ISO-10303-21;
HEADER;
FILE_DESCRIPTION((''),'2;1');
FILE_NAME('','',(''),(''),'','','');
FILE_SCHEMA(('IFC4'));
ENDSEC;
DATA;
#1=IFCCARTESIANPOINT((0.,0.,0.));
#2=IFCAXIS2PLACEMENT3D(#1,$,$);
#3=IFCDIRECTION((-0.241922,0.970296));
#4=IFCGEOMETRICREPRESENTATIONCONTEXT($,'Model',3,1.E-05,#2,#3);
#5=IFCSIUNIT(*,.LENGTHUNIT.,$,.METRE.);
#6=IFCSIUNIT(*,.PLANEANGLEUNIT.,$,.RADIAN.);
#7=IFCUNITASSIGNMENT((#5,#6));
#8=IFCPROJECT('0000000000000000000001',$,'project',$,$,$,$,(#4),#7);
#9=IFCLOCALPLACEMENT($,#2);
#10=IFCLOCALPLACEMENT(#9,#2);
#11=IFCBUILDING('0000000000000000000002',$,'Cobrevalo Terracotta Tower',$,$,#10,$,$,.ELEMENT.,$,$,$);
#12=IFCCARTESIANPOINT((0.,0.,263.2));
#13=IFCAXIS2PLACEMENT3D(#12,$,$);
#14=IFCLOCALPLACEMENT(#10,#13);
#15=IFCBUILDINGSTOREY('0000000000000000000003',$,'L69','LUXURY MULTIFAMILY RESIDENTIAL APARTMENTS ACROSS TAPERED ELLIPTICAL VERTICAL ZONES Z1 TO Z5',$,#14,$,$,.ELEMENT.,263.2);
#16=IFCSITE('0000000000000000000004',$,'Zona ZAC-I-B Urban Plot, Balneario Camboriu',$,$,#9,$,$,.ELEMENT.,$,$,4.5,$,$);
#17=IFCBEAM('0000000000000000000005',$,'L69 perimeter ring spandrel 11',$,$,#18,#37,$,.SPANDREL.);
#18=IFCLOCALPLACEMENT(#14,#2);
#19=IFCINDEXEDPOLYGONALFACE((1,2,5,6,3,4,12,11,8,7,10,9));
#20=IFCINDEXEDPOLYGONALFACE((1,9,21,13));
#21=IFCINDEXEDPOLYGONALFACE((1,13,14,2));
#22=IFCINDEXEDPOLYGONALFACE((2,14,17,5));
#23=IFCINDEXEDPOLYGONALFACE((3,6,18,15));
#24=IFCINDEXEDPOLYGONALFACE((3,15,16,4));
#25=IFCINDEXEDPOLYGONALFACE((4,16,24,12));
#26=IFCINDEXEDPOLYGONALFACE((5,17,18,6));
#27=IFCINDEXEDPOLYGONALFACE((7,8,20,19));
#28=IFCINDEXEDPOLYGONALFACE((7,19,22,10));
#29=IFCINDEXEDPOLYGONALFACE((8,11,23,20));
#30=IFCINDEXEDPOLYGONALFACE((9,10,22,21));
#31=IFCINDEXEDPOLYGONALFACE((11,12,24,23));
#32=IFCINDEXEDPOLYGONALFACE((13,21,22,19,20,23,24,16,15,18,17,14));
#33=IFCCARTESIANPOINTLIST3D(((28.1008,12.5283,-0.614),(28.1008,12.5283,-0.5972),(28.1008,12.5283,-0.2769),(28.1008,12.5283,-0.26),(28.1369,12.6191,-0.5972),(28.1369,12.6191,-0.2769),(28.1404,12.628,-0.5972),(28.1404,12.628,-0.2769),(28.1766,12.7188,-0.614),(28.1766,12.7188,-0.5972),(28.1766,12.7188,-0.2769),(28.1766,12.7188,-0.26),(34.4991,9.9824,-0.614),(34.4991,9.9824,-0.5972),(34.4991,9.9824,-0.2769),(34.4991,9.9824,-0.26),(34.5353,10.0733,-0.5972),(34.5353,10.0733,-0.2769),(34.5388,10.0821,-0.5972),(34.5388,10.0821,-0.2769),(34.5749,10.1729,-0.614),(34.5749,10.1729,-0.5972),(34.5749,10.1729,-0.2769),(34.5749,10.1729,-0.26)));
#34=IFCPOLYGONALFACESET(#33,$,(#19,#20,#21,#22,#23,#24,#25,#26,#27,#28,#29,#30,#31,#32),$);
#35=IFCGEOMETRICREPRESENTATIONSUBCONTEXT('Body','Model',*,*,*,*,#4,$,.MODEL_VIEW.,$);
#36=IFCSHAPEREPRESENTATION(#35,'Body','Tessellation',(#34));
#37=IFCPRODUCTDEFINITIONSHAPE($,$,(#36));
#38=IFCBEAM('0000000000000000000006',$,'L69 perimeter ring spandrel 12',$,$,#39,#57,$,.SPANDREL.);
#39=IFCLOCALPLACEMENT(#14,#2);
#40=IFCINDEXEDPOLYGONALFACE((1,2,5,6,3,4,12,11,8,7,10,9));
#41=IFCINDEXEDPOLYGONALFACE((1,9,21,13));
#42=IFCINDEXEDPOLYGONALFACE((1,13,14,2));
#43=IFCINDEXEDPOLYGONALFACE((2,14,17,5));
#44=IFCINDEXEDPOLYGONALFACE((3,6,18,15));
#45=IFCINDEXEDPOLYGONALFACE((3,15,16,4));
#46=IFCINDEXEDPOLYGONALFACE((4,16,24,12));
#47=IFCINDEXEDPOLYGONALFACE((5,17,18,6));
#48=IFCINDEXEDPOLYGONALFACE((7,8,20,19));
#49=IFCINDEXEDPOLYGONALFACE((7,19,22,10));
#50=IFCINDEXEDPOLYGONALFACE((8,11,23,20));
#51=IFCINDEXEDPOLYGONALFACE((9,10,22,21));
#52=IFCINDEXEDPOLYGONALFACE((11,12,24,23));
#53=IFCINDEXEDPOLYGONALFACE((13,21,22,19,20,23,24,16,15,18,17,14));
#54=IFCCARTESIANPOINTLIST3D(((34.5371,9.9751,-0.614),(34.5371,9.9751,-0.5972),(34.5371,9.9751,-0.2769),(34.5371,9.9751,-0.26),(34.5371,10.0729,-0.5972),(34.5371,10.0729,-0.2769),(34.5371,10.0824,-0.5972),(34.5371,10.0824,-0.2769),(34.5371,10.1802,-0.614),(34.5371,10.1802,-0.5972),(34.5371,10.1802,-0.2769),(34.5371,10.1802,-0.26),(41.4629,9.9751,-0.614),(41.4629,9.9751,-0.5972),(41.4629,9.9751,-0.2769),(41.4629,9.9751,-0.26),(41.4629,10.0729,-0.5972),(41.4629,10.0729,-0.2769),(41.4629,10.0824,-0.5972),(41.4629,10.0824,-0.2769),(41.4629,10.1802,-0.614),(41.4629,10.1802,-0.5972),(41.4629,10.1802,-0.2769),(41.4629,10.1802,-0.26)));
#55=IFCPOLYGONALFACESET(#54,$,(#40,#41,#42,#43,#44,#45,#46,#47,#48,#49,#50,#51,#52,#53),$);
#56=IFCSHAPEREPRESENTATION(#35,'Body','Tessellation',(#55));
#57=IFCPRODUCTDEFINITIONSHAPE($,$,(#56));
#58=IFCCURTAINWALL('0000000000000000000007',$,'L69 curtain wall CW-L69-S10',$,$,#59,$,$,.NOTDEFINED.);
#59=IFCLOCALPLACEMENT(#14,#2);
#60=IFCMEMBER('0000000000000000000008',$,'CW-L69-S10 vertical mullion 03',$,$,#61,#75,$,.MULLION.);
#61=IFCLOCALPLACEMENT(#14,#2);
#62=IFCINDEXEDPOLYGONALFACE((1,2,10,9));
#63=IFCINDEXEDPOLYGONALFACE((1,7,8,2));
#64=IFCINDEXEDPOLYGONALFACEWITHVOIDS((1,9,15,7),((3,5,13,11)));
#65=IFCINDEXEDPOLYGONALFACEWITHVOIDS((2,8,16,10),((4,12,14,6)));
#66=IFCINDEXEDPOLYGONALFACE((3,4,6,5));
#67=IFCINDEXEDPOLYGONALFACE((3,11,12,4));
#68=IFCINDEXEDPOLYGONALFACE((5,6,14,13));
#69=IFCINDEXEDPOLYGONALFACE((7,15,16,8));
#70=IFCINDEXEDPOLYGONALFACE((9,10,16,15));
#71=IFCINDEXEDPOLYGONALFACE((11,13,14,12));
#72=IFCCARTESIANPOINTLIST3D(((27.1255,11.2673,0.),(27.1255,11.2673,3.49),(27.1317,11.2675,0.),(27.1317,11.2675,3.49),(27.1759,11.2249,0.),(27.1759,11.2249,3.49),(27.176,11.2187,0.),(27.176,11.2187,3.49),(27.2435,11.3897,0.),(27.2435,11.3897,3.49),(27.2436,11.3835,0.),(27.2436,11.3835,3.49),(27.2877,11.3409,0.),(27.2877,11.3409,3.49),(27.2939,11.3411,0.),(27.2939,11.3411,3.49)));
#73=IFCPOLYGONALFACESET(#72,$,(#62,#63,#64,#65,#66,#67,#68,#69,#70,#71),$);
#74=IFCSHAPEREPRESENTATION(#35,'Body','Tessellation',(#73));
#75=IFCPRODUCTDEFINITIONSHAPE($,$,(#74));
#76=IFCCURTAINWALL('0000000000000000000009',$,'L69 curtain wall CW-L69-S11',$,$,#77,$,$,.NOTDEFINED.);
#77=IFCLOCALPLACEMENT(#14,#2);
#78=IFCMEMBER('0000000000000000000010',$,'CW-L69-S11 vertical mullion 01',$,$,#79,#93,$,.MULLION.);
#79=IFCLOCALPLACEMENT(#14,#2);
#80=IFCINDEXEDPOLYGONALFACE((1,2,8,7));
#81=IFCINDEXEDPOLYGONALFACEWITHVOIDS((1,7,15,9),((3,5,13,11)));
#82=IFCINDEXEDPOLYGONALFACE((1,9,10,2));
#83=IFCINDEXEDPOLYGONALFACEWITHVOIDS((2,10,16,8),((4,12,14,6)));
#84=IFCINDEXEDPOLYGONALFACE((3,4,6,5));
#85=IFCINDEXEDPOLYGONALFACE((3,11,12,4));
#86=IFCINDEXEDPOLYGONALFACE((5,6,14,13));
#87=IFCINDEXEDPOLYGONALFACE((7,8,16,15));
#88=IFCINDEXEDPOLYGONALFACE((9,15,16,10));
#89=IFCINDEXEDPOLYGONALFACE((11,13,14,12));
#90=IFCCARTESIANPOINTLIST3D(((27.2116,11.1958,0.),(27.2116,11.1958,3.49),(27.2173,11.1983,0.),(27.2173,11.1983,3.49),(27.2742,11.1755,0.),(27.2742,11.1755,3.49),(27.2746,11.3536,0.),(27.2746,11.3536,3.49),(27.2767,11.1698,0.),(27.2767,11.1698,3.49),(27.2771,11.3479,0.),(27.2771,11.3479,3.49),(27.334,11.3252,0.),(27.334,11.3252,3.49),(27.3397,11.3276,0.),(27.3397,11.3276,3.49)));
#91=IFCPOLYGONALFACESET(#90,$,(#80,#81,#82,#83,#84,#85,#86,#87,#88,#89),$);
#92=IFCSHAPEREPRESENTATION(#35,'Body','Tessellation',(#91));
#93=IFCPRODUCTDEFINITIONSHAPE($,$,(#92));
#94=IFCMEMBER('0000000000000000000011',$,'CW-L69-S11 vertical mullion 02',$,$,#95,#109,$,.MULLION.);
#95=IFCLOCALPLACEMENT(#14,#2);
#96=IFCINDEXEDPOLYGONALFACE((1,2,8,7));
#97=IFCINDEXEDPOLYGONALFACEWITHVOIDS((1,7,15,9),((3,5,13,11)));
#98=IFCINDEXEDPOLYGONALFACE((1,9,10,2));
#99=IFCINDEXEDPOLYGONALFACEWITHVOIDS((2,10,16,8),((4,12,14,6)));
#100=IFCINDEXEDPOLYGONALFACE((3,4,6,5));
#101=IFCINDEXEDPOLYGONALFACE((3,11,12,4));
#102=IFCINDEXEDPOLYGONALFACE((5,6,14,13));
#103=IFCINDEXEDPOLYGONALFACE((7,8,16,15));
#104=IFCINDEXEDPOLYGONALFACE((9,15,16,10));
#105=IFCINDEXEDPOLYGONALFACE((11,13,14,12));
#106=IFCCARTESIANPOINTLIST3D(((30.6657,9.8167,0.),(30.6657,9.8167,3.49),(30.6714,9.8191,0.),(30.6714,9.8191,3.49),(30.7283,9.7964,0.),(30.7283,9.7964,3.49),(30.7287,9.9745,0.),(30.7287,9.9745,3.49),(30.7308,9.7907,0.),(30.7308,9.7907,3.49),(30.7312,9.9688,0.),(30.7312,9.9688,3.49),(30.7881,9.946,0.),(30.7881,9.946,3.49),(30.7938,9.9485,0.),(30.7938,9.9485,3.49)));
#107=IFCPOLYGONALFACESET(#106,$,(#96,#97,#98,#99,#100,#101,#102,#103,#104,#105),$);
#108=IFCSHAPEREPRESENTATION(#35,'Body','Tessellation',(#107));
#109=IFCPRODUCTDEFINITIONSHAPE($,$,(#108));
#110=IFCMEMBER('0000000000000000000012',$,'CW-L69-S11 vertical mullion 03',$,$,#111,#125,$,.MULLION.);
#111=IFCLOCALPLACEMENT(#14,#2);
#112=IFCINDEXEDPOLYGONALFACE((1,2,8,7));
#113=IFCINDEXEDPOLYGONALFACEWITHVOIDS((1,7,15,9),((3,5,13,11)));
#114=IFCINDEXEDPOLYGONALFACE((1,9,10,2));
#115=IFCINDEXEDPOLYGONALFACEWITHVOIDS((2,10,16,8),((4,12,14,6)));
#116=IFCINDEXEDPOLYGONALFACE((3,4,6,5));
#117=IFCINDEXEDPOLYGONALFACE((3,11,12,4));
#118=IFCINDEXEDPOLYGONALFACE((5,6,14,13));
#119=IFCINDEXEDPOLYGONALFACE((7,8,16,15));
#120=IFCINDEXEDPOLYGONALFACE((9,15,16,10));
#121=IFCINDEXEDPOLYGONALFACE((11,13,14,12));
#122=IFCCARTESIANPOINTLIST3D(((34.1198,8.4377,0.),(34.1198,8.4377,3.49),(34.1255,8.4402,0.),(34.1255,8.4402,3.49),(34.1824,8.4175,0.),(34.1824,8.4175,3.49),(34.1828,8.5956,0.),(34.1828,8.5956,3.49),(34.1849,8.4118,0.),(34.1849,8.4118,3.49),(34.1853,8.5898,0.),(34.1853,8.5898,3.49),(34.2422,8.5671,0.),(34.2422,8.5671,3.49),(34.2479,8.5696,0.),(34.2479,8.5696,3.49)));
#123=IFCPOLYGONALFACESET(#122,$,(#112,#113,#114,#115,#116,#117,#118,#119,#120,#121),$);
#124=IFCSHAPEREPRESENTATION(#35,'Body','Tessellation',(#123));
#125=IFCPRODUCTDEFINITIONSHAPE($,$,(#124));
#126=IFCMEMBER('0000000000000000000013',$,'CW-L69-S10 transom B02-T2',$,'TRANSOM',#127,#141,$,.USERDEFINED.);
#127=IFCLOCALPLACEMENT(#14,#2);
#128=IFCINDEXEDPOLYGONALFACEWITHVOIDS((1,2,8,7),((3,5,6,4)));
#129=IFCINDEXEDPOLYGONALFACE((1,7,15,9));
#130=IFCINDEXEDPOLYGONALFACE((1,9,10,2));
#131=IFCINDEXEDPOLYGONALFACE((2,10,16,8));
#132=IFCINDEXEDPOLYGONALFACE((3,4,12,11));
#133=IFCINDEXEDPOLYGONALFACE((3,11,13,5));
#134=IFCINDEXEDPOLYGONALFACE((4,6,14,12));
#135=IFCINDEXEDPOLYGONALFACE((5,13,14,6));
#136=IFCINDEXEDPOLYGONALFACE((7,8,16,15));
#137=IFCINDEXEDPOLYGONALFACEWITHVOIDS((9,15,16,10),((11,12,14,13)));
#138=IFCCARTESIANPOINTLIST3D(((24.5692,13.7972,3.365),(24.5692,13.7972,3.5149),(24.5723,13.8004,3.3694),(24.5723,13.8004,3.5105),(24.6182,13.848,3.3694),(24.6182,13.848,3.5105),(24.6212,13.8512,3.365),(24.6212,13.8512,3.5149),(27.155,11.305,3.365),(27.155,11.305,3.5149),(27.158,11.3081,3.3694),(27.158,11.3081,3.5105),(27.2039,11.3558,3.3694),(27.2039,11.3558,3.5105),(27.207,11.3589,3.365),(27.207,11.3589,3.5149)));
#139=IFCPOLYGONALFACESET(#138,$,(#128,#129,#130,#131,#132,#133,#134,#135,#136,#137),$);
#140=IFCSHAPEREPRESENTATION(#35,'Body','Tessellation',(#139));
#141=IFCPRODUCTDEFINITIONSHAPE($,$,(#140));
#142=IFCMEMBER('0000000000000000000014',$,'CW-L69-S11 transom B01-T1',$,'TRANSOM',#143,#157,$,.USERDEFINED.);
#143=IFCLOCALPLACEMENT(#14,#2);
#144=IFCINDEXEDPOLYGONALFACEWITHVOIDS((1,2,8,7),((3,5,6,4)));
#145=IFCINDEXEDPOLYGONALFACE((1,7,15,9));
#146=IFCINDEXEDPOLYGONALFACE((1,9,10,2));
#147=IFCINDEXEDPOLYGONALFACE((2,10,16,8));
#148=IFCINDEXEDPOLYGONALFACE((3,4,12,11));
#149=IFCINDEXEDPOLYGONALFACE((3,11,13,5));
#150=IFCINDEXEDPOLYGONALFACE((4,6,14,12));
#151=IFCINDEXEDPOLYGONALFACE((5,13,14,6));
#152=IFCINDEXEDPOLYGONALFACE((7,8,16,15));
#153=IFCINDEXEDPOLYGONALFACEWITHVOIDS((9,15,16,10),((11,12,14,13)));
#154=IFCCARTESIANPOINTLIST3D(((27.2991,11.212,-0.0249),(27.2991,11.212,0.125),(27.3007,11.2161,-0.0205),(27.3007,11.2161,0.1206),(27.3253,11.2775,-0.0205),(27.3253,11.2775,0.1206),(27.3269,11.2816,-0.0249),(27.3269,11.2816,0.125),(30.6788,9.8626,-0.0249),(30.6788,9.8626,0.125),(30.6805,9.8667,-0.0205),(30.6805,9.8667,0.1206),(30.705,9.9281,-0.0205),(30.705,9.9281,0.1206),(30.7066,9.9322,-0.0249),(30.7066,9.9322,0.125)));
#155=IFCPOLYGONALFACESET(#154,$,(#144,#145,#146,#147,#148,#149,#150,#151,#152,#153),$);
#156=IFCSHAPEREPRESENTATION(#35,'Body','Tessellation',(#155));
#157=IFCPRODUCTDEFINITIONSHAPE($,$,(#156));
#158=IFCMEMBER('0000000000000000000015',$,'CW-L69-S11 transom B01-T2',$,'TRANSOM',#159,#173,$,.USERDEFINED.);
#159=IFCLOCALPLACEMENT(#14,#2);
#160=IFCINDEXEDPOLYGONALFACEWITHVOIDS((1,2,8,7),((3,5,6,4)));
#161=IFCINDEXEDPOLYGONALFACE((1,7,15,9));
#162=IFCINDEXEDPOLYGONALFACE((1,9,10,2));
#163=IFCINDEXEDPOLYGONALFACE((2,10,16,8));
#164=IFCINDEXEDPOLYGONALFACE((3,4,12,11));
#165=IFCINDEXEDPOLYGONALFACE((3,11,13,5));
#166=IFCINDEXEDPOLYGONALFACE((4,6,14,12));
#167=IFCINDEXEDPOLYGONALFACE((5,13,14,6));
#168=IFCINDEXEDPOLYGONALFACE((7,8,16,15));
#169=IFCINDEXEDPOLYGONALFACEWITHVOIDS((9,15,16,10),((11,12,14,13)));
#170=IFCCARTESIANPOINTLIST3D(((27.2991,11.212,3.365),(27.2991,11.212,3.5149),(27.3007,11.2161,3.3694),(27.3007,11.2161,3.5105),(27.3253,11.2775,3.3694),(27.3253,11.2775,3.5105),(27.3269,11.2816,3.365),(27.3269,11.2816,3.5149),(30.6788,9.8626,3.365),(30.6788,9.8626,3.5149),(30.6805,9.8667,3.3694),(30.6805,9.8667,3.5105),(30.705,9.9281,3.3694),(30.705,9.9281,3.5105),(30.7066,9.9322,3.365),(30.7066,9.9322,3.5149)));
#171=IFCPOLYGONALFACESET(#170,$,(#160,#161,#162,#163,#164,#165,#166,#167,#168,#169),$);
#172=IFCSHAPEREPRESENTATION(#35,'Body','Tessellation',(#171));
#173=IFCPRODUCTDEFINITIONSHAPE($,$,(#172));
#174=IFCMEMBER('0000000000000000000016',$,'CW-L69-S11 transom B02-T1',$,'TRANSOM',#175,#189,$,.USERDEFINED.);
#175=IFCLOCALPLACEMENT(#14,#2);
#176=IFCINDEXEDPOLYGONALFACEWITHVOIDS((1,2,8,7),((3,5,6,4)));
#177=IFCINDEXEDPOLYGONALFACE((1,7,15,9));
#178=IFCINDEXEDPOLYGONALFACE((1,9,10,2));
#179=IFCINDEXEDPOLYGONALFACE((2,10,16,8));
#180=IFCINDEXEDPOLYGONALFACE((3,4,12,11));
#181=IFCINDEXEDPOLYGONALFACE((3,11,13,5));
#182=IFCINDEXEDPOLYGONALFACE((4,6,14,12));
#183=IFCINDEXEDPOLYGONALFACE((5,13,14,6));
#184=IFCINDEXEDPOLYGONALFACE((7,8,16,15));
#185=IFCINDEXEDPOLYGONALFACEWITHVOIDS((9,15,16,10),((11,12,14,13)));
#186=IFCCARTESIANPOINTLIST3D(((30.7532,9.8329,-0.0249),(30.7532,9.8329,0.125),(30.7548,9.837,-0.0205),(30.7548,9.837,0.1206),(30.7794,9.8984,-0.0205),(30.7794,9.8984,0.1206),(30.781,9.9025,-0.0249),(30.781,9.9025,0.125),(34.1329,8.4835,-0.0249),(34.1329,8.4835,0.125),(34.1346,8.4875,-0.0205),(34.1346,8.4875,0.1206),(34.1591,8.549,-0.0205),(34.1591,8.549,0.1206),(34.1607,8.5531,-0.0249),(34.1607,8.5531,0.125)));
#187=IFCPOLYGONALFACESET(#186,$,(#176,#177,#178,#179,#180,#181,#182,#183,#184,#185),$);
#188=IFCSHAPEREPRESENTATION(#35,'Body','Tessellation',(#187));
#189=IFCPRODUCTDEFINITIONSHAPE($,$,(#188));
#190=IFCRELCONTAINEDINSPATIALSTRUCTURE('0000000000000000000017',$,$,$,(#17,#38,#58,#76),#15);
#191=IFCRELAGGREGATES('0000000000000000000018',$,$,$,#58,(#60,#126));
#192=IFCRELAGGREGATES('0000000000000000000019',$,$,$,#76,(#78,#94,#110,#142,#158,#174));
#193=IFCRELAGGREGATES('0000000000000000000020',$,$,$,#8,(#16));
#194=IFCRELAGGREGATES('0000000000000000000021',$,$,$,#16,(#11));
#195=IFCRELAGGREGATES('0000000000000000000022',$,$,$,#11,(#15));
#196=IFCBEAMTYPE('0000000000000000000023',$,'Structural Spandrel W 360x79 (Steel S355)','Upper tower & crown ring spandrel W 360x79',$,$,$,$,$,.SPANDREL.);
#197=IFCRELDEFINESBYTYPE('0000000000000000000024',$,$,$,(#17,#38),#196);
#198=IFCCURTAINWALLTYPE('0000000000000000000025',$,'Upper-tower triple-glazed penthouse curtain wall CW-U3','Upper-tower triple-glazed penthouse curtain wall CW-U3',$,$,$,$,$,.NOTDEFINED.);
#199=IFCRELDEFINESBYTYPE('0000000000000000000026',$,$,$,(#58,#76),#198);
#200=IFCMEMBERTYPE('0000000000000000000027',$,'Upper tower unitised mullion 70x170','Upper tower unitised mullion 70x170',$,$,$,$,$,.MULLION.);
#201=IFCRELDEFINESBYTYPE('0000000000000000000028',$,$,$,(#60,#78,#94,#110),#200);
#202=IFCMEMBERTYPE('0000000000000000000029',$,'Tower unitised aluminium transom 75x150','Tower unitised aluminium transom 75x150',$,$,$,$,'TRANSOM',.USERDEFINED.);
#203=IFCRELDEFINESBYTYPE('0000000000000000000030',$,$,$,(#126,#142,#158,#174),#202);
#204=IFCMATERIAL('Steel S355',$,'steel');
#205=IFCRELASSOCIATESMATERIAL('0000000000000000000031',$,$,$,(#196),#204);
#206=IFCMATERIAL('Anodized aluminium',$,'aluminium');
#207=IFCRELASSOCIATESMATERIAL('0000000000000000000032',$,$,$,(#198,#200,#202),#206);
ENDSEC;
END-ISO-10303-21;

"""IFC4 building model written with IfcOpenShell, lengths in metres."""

from ifc_helpers import new_model, si_unit, direction, frame, origin, origin_2d, place, context, subcontext, project, spatial, hollow_rectangle, i_section, extrude, source, transform, mapped, material, material_profile, profile_set, type_object, element, aggregate, save


model = new_model("IFC4")

# Units and contexts
model_context = context("Model", 3, precision=1e-05, world=origin(), true_north=direction((-0.241922, 0.970296)))
body_context = subcontext(model_context, "Body", "Model", "MODEL_VIEW")
ifc_project = project(units=[si_unit("LENGTHUNIT", "METRE"), si_unit("PLANEANGLEUNIT", "RADIAN")], contexts=[model_context])

# Site, building, storey
site_placement = place(None, origin())
site = spatial("IfcSite", under=ifc_project, at=site_placement, Name="Zona ZAC-I-B Urban Plot, Balneario Camboriu", CompositionType="ELEMENT", RefElevation=4.5)
building_placement = place(site_placement, origin())
building = spatial("IfcBuilding", under=site, at=building_placement, Name="Cobrevalo Terracotta Tower", CompositionType="ELEMENT")
storey_placement = place(building_placement, frame((0.0, 0.0, 263.2)))
storey = spatial("IfcBuildingStorey", under=building, at=storey_placement, Name="L69", Description="LUXURY MULTIFAMILY RESIDENTIAL APARTMENTS ACROSS TAPERED ELLIPTICAL VERTICAL ZONES Z1 TO Z5", CompositionType="ELEMENT", Elevation=263.2)

# Shared definitions
ifc_material_1 = material(Name="Steel S355", Category="steel")

# Beams
ifc_material_profile_1 = material_profile(ifc_material_1, i_section(OverallWidth=0.2051, OverallDepth=0.354, WebThickness=0.0095, FlangeThickness=0.0168, at=origin_2d()), Name="W 360x79")
ifc_profile_set_1 = profile_set([ifc_material_profile_1], Name="Steel S355")
beam_type_1 = type_object("IfcBeamType", Name="Structural Spandrel W 360x79 (Steel S355)", Description="Upper tower & crown ring spandrel W 360x79", PredefinedType="SPANDREL", material=ifc_profile_set_1)
beam_1_placement = place(storey_placement, frame((28.1387, 12.6235, -0.437), z_axis=(0.92915, -0.369703, 0.0), x_axis=(0.369703, 0.92915, 0.0)))
element("IfcBeam", 1, at=beam_1_placement, inside=storey, type_object=beam_type_1, Name="L69 perimeter ring spandrel 11", PredefinedType="SPANDREL", context=body_context, shape_type="SweptSolid", body=[
    extrude(i_section(OverallWidth=0.2051, OverallDepth=0.354, WebThickness=0.0095, FlangeThickness=0.0168, at=origin_2d()), origin(), (0.0, 0.0, 1.0), 6.8862),
])
beam_2_placement = place(storey_placement, frame((34.5371, 10.0776, -0.437), z_axis=(1.0, 0.0, 0.0), x_axis=(0.0, 1.0, 0.0)))
element("IfcBeam", 2, at=beam_2_placement, inside=storey, type_object=beam_type_1, Name="L69 perimeter ring spandrel 12", PredefinedType="SPANDREL", context=body_context, shape_type="SweptSolid", body=[
    extrude(i_section(OverallWidth=0.2051, OverallDepth=0.354, WebThickness=0.0095, FlangeThickness=0.0168, at=origin_2d()), origin(), (0.0, 0.0, 1.0), 6.9258),
])

# Curtain wall, member
ifc_material_2 = material(Name="Anodized aluminium", Category="aluminium")
curtain_wall_type = type_object("IfcCurtainWallType", Name="Upper-tower triple-glazed penthouse curtain wall CW-U3", Description="Upper-tower triple-glazed penthouse curtain wall CW-U3", PredefinedType="NOTDEFINED", material=ifc_material_2)
curtain_wall_1_placement = place(storey_placement, origin())
curtain_wall_1 = element("IfcCurtainWall", 3, at=curtain_wall_1_placement, inside=storey, type_object=curtain_wall_type, Name="L69 curtain wall CW-L69-S10", PredefinedType="NOTDEFINED")
ifc_material_profile_2 = material_profile(ifc_material_2, hollow_rectangle(XDim=0.0701, YDim=0.1699, WallThickness=0.0044, at=origin_2d()), Name="CWM 70x170")
ifc_profile_set_2 = profile_set([ifc_material_profile_2], Name="Anodized aluminium")
member_type_1 = type_object("IfcMemberType", Name="Upper tower unitised mullion 70x170", Description="Upper tower unitised mullion 70x170", PredefinedType="MULLION", material=ifc_profile_set_2)
shared_shape_1 = source(origin(), body_context, "Body", "SweptSolid", [
    extrude(hollow_rectangle(XDim=0.0701, YDim=0.1699, WallThickness=0.0044, at=origin_2d()), origin(), (0.0, 0.0, 1.0), 3.49),
])
member_1_placement = place(storey_placement, frame((27.2097, 11.3042, 0.0), z_axis=(0.0, 0.0, 1.0), x_axis=(0.719994, -0.69398, 0.0)))
member_1 = element("IfcMember", 4, at=member_1_placement, type_object=member_type_1, Name="CW-L69-S10 vertical mullion 03", PredefinedType="MULLION", context=body_context, shape_type="MappedRepresentation", body=[
    mapped(shared_shape_1, transform((0.0, 0.0, 0.0), scale=1.0)),
])

# Curtain wall, members
curtain_wall_2_placement = place(storey_placement, origin())
curtain_wall_2 = element("IfcCurtainWall", 5, at=curtain_wall_2_placement, inside=storey, type_object=curtain_wall_type, Name="L69 curtain wall CW-L69-S11", PredefinedType="NOTDEFINED")
member_2_placement = place(storey_placement, frame((27.2756, 11.2617, 0.0), z_axis=(0.0, 0.0, 1.0), x_axis=(0.928719, -0.370784, 0.0)))
member_2 = element("IfcMember", 6, at=member_2_placement, type_object=member_type_1, Name="CW-L69-S11 vertical mullion 01", PredefinedType="MULLION", context=body_context, shape_type="MappedRepresentation", body=[
    mapped(shared_shape_1, transform((0.0, 0.0, 0.0), scale=1.0)),
])
member_3_placement = place(storey_placement, frame((30.7297, 9.8826, 0.0), z_axis=(0.0, 0.0, 1.0), x_axis=(0.928719, -0.370784, 0.0)))
member_3 = element("IfcMember", 7, at=member_3_placement, type_object=member_type_1, Name="CW-L69-S11 vertical mullion 02", PredefinedType="MULLION", context=body_context, shape_type="MappedRepresentation", body=[
    mapped(shared_shape_1, transform((0.0, 0.0, 0.0), scale=1.0)),
])
member_4_placement = place(storey_placement, frame((34.1838, 8.5037, 0.0), z_axis=(0.0, 0.0, 1.0), x_axis=(0.928719, -0.370784, 0.0)))
member_4 = element("IfcMember", 8, at=member_4_placement, type_object=member_type_1, Name="CW-L69-S11 vertical mullion 03", PredefinedType="MULLION", context=body_context, shape_type="MappedRepresentation", body=[
    mapped(shared_shape_1, transform((0.0, 0.0, 0.0), scale=1.0)),
])

# Members
ifc_material_profile_3 = material_profile(ifc_material_2, hollow_rectangle(XDim=0.075, YDim=0.1499, WallThickness=0.0044, at=origin_2d()), Name="CWT 75x150")
ifc_profile_set_3 = profile_set([ifc_material_profile_3], Name="Anodized aluminium")
member_type_2 = type_object("IfcMemberType", Name="Tower unitised aluminium transom 75x150", Description="Tower unitised aluminium transom 75x150", ElementType="TRANSOM", PredefinedType="USERDEFINED", material=ifc_profile_set_3)
shared_shape_2 = source(origin(), body_context, "Body", "SweptSolid", [
    extrude(hollow_rectangle(XDim=0.075, YDim=0.1499, WallThickness=0.0044, at=origin_2d()), origin(), (0.0, 0.0, 1.0), 3.5913),
])
member_5_placement = place(storey_placement, frame((24.5952, 13.8242, 3.4399), z_axis=(0.720006, -0.693968, 0.0), x_axis=(0.693968, 0.720006, 0.0)))
member_5 = element("IfcMember", 9, at=member_5_placement, type_object=member_type_2, Name="CW-L69-S10 transom B02-T2", ObjectType="TRANSOM", PredefinedType="USERDEFINED", context=body_context, shape_type="MappedRepresentation", body=[
    mapped(shared_shape_2, transform((0.0, 0.0, 0.0), scale=1.0)),
])
shared_shape_3 = source(origin(), body_context, "Body", "SweptSolid", [
    extrude(hollow_rectangle(XDim=0.075, YDim=0.1499, WallThickness=0.0044, at=origin_2d()), origin(), (0.0, 0.0, 1.0), 3.6392),
])
member_6_placement = place(storey_placement, frame((27.313, 11.2468, 0.05), z_axis=(0.928712, -0.370801, 0.0), x_axis=(0.370801, 0.928712, 0.0)))
member_6 = element("IfcMember", 10, at=member_6_placement, type_object=member_type_2, Name="CW-L69-S11 transom B01-T1", ObjectType="TRANSOM", PredefinedType="USERDEFINED", context=body_context, shape_type="MappedRepresentation", body=[
    mapped(shared_shape_3, transform((0.0, 0.0, 0.0), scale=1.0)),
])
member_7_placement = place(storey_placement, frame((27.313, 11.2468, 3.4399), z_axis=(0.928712, -0.370801, 0.0), x_axis=(0.370801, 0.928712, 0.0)))
member_7 = element("IfcMember", 11, at=member_7_placement, type_object=member_type_2, Name="CW-L69-S11 transom B01-T2", ObjectType="TRANSOM", PredefinedType="USERDEFINED", context=body_context, shape_type="MappedRepresentation", body=[
    mapped(shared_shape_3, transform((0.0, 0.0, 0.0), scale=1.0)),
])
member_8_placement = place(storey_placement, frame((30.7671, 9.8677, 0.05), z_axis=(0.928712, -0.370801, 0.0), x_axis=(0.370801, 0.928712, 0.0)))
member_8 = element("IfcMember", 12, at=member_8_placement, type_object=member_type_2, Name="CW-L69-S11 transom B02-T1", ObjectType="TRANSOM", PredefinedType="USERDEFINED", context=body_context, shape_type="MappedRepresentation", body=[
    mapped(shared_shape_3, transform((0.0, 0.0, 0.0), scale=1.0)),
])

aggregate(curtain_wall_1, [member_1, member_5])
aggregate(curtain_wall_2, [member_2, member_3, member_4, member_6, member_7, member_8])

save(model, "model.ifc")
